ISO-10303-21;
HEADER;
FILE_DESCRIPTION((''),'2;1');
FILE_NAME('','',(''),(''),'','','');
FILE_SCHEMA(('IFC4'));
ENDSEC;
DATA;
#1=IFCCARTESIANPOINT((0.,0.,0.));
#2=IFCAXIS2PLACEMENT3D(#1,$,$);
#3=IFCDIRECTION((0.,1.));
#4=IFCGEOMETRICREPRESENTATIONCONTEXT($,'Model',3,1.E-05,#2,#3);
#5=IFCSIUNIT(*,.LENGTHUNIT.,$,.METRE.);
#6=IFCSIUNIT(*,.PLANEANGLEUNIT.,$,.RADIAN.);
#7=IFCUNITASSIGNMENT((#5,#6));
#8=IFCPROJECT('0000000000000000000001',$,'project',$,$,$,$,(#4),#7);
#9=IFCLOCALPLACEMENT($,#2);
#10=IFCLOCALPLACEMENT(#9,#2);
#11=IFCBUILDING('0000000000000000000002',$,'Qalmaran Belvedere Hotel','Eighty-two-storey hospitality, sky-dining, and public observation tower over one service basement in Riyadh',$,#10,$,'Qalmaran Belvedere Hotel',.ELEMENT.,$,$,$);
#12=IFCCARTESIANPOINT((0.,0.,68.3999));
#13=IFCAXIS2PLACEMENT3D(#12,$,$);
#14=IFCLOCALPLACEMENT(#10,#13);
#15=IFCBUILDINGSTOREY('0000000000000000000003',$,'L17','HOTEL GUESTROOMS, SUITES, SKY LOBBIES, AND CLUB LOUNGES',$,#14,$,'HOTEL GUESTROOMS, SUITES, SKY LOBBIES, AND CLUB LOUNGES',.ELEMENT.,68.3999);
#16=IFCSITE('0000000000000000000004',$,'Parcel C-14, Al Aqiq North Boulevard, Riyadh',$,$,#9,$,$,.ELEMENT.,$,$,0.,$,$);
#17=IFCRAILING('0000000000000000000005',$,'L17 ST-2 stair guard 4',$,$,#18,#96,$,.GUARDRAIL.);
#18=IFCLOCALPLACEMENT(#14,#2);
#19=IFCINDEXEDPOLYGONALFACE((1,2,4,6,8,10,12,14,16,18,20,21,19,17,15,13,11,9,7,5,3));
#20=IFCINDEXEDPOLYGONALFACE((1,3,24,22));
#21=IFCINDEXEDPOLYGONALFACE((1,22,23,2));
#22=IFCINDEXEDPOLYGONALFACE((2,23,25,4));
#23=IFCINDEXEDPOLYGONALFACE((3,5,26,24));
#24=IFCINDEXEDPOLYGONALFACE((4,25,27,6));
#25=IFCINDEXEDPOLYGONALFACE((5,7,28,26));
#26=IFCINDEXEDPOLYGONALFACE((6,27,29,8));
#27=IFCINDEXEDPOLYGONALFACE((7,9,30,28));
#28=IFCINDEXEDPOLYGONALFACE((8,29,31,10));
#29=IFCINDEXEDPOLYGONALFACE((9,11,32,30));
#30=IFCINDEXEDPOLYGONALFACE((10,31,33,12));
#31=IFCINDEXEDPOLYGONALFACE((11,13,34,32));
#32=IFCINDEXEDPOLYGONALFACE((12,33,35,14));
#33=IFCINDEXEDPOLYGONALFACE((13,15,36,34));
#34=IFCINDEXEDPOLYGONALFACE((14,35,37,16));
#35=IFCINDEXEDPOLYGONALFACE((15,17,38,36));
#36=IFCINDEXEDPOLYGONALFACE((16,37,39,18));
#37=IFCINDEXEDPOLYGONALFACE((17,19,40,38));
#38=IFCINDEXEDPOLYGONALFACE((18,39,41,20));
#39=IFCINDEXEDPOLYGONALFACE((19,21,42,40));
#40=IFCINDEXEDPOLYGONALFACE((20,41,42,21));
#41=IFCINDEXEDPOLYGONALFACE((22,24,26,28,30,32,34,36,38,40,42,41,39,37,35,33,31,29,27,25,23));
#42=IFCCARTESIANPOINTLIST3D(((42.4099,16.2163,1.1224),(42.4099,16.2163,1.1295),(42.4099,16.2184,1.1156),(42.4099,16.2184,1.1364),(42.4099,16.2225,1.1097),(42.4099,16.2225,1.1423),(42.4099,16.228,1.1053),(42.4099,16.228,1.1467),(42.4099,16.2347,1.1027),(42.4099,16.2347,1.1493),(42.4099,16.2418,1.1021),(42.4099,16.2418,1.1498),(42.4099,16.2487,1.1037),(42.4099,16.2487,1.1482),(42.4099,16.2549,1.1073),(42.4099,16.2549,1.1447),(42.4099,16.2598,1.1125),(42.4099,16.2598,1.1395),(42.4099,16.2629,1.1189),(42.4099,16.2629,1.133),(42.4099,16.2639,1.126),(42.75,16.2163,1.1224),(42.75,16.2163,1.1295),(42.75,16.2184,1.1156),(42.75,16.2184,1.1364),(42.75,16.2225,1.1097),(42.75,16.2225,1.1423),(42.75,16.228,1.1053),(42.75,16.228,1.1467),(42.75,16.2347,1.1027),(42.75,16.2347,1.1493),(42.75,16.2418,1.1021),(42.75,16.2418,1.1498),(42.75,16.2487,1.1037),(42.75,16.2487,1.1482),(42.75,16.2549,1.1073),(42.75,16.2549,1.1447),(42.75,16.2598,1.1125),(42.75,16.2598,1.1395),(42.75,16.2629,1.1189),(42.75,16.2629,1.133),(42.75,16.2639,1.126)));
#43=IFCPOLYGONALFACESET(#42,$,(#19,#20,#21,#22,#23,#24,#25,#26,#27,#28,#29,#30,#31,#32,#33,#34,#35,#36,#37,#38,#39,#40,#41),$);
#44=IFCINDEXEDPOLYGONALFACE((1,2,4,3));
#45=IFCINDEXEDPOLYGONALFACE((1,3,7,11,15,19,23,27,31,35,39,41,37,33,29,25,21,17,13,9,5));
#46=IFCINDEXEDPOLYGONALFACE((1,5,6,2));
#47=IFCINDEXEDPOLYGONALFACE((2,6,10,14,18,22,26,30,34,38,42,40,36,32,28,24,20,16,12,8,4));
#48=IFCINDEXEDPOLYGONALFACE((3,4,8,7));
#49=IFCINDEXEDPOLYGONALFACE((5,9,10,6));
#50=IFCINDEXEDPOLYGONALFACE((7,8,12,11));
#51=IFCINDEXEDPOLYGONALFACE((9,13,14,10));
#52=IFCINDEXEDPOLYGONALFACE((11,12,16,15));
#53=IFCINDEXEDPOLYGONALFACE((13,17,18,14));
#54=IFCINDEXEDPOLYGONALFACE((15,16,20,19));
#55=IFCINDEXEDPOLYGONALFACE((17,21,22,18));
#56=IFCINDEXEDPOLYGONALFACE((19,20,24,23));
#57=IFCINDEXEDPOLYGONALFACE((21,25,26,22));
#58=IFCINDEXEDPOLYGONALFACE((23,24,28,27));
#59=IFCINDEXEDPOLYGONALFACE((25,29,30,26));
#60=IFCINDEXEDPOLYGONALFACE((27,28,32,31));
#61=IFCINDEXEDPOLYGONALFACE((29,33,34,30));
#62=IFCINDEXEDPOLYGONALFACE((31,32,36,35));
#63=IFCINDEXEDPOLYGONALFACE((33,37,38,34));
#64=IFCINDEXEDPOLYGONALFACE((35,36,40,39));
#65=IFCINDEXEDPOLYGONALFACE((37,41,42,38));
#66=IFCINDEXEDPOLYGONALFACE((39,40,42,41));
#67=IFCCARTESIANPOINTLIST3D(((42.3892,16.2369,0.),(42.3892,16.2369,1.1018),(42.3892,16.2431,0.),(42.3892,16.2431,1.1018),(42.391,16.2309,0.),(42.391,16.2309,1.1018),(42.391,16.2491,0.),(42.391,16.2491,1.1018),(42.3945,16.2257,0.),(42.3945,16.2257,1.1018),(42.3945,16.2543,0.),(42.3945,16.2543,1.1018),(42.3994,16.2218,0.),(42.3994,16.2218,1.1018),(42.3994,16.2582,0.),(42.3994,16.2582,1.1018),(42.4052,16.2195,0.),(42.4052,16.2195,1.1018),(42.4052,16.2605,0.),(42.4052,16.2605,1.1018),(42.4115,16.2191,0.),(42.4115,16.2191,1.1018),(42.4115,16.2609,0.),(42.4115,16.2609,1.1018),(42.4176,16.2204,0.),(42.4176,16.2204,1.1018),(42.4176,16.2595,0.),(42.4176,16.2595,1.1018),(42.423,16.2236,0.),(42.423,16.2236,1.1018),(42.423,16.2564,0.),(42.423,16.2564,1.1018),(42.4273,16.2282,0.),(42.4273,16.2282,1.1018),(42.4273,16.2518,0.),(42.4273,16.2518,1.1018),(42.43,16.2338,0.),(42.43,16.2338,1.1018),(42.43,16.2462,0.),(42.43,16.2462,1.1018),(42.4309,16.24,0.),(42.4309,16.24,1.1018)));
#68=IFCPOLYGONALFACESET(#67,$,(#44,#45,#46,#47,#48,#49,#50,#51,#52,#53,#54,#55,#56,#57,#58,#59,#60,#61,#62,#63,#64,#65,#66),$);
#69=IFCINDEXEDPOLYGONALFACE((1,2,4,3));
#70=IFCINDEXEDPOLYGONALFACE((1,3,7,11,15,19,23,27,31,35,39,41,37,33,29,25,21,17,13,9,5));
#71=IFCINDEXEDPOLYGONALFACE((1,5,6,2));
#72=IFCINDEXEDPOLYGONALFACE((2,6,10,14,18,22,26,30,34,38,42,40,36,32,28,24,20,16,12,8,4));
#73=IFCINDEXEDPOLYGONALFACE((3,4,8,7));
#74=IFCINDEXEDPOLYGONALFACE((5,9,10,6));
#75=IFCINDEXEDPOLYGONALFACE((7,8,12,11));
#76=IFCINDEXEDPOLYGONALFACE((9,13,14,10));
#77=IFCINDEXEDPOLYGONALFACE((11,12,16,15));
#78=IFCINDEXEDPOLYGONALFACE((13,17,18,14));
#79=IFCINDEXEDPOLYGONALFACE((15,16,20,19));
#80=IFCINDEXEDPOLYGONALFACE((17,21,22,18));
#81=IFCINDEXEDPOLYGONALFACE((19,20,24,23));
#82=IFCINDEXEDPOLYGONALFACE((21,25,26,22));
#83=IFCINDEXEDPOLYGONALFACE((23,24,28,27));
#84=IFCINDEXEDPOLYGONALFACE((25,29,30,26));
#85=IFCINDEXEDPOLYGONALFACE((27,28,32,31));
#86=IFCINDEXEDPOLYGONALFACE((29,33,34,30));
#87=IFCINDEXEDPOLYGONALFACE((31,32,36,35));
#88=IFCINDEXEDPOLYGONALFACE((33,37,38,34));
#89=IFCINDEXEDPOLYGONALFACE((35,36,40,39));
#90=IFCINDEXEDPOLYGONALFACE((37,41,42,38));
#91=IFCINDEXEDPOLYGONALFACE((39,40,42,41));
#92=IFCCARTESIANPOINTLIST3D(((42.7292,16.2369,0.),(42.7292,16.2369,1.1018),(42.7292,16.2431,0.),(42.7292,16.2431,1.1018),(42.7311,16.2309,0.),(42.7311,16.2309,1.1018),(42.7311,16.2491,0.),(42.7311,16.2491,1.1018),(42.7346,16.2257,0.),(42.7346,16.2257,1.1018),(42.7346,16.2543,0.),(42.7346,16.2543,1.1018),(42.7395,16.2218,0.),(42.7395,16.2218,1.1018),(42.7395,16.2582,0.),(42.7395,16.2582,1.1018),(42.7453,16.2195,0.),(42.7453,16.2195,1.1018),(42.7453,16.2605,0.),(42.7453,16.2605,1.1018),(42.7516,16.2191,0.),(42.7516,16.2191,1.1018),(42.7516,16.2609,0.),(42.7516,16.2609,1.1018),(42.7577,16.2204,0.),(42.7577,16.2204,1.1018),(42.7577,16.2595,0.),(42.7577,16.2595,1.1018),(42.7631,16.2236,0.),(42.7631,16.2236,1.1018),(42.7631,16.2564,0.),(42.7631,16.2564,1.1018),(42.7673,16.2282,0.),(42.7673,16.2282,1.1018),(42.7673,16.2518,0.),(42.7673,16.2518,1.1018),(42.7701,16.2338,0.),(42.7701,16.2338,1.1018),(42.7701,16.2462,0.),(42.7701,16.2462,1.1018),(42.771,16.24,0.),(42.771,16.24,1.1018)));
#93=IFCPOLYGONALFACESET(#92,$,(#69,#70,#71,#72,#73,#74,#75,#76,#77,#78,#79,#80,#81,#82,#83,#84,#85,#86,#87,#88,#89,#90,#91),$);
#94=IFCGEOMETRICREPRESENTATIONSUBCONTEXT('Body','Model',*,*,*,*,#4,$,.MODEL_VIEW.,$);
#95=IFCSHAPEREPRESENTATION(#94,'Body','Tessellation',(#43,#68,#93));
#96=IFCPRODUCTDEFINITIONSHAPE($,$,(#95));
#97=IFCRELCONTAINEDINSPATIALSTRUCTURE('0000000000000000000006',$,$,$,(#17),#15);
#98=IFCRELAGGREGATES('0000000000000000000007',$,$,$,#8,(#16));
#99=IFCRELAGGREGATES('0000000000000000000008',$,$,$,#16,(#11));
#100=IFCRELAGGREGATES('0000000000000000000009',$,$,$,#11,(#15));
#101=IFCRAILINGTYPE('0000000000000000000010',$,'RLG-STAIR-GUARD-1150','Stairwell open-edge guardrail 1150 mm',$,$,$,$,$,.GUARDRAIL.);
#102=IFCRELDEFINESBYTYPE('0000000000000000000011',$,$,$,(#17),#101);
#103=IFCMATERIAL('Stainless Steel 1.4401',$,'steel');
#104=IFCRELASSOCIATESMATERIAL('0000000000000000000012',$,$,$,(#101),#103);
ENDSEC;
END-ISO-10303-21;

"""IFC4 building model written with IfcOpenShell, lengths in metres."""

from ifc_helpers import new_model, si_unit, direction, frame, origin, origin_2d, place, context, subcontext, project, spatial, circle, extrude, material, type_object, element, save


model = new_model("IFC4")

# Units and contexts
model_context = context("Model", 3, precision=1e-05, world=origin(), true_north=direction((0.0, 1.0)))
body_context = subcontext(model_context, "Body", "Model", "MODEL_VIEW")
ifc_project = project(units=[si_unit("LENGTHUNIT", "METRE"), si_unit("PLANEANGLEUNIT", "RADIAN")], contexts=[model_context])

# Site, building, storey
site_placement = place(None, origin())
site = spatial("IfcSite", under=ifc_project, at=site_placement, Name="Parcel C-14, Al Aqiq North Boulevard, Riyadh", CompositionType="ELEMENT", RefElevation=0.0)
building_placement = place(site_placement, origin())
building = spatial("IfcBuilding", under=site, at=building_placement, Name="Qalmaran Belvedere Hotel", Description="Eighty-two-storey hospitality, sky-dining, and public observation tower over one service basement in Riyadh", LongName="Qalmaran Belvedere Hotel", CompositionType="ELEMENT")
storey_placement = place(building_placement, frame((0.0, 0.0, 68.3999)))
storey = spatial("IfcBuildingStorey", under=building, at=storey_placement, Name="L17", Description="HOTEL GUESTROOMS, SUITES, SKY LOBBIES, AND CLUB LOUNGES", LongName="HOTEL GUESTROOMS, SUITES, SKY LOBBIES, AND CLUB LOUNGES", CompositionType="ELEMENT", Elevation=68.3999)

# Shared definitions
ifc_material_1 = material(Name="Stainless Steel 1.4401", Category="steel")

# Railing
railing_type_1 = type_object("IfcRailingType", Name="RLG-STAIR-GUARD-1150", Description="Stairwell open-edge guardrail 1150 mm", PredefinedType="GUARDRAIL", material=ifc_material_1)
railing_1_placement = place(storey_placement, frame((42.4099, 16.24, 0.0)))
element("IfcRailing", 1, at=railing_1_placement, inside=storey, type_object=railing_type_1, Name="L17 ST-2 stair guard 4", PredefinedType="GUARDRAIL", context=body_context, shape_type="SweptSolid", body=[
    extrude(circle(Radius=0.0239, at=origin_2d()), frame((0.0, 0.0, 1.126), z_axis=(1.0, 0.0, 0.0), x_axis=(0.0, 1.0, 0.0)), (0.0, 0.0, 1.0), 0.3401),
    extrude(circle(Radius=0.021, at=origin_2d()), origin(), (0.0, 0.0, 1.0), 1.1018),
    extrude(circle(Radius=0.021, at=origin_2d()), frame((0.3401, 0.0, 0.0)), (0.0, 0.0, 1.0), 1.1018),
])

save(model, "model.ifc")
